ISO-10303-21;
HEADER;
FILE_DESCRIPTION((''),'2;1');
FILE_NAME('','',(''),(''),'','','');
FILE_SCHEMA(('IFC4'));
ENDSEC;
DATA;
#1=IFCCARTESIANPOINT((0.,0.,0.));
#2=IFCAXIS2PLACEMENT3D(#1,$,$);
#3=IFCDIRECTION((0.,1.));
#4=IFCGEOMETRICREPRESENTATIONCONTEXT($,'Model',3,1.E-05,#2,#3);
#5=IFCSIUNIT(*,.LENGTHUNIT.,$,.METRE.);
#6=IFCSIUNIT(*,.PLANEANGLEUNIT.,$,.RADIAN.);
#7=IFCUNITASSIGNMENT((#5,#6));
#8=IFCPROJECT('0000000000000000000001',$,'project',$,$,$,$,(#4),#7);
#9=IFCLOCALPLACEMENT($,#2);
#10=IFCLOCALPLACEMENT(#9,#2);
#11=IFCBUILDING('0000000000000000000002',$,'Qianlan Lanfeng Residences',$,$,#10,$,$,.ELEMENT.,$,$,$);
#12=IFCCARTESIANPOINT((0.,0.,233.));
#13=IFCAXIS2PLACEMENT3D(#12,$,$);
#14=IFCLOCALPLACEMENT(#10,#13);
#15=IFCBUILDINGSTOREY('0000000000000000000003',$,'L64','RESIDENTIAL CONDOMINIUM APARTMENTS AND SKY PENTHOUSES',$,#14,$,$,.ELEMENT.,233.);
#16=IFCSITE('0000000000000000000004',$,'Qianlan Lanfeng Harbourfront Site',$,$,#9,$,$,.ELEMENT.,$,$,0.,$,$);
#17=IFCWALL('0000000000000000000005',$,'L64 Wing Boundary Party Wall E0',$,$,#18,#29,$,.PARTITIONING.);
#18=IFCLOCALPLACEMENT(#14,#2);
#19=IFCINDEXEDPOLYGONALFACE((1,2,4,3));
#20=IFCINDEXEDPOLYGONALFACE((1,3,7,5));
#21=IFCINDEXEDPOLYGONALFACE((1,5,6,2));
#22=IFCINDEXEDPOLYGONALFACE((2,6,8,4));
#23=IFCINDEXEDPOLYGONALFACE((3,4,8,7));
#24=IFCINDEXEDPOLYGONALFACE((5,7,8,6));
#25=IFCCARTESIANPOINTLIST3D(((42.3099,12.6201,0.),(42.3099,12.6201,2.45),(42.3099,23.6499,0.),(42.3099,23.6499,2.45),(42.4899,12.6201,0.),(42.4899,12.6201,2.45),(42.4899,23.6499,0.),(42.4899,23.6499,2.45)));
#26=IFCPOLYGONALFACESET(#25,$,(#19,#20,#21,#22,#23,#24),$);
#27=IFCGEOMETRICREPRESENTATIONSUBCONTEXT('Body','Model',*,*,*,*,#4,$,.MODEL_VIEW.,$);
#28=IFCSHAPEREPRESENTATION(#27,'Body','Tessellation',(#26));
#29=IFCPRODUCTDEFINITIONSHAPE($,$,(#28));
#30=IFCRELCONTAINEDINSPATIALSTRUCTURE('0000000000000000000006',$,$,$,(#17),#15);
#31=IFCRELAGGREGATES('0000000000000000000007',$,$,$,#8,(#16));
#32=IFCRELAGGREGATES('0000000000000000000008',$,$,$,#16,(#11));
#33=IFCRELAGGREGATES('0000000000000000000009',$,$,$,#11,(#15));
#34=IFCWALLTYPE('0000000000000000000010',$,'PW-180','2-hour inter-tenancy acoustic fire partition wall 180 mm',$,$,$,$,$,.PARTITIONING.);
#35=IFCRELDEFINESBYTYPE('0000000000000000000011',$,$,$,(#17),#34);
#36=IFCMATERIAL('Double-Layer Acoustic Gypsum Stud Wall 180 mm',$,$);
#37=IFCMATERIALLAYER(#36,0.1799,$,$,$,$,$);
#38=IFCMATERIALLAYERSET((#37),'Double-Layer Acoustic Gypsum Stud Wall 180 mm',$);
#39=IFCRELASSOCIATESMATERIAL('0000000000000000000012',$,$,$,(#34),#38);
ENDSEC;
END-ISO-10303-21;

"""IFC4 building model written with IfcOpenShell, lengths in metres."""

from ifc_helpers import new_model, si_unit, direction, frame, frame_2d, origin, place, context, subcontext, project, spatial, rectangle, extrude, material, layer, layer_set, type_object, element, save


model = new_model("IFC4")

# Units and contexts
model_context = context("Model", 3, precision=1e-05, world=origin(), true_north=direction((0.0, 1.0)))
body_context = subcontext(model_context, "Body", "Model", "MODEL_VIEW")
ifc_project = project(units=[si_unit("LENGTHUNIT", "METRE"), si_unit("PLANEANGLEUNIT", "RADIAN")], contexts=[model_context])

# Site, building, storey
site_placement = place(None, origin())
site = spatial("IfcSite", under=ifc_project, at=site_placement, Name="Qianlan Lanfeng Harbourfront Site", CompositionType="ELEMENT", RefElevation=0.0)
building_placement = place(site_placement, origin())
building = spatial("IfcBuilding", under=site, at=building_placement, Name="Qianlan Lanfeng Residences", CompositionType="ELEMENT")
storey_placement = place(building_placement, frame((0.0, 0.0, 233.0)))
storey = spatial("IfcBuildingStorey", under=building, at=storey_placement, Name="L64", Description="RESIDENTIAL CONDOMINIUM APARTMENTS AND SKY PENTHOUSES", CompositionType="ELEMENT", Elevation=233.0)

# Wall
ifc_material_1 = material(Name="Double-Layer Acoustic Gypsum Stud Wall 180 mm")
ifc_layer_1 = layer(ifc_material_1, 0.1799)
ifc_layer_set_1 = layer_set([ifc_layer_1], Name="Double-Layer Acoustic Gypsum Stud Wall 180 mm")
wall_type_1 = type_object("IfcWallType", Name="PW-180", Description="2-hour inter-tenancy acoustic fire partition wall 180 mm", PredefinedType="PARTITIONING", material=ifc_layer_set_1)
wall_1_placement = place(storey_placement, frame((42.3999, 12.6201, 0.0), z_axis=(0.0, 0.0, 1.0), x_axis=(0.0, 1.0, 0.0)))
element("IfcWall", 1, at=wall_1_placement, inside=storey, type_object=wall_type_1, Name="L64 Wing Boundary Party Wall E0", PredefinedType="PARTITIONING", context=body_context, shape_type="SweptSolid", body=[
    extrude(rectangle(XDim=11.0298, YDim=0.1799, at=frame_2d((5.5149, 0.0))), origin(), (0.0, 0.0, 1.0), 2.45),
])

save(model, "model.ifc")
